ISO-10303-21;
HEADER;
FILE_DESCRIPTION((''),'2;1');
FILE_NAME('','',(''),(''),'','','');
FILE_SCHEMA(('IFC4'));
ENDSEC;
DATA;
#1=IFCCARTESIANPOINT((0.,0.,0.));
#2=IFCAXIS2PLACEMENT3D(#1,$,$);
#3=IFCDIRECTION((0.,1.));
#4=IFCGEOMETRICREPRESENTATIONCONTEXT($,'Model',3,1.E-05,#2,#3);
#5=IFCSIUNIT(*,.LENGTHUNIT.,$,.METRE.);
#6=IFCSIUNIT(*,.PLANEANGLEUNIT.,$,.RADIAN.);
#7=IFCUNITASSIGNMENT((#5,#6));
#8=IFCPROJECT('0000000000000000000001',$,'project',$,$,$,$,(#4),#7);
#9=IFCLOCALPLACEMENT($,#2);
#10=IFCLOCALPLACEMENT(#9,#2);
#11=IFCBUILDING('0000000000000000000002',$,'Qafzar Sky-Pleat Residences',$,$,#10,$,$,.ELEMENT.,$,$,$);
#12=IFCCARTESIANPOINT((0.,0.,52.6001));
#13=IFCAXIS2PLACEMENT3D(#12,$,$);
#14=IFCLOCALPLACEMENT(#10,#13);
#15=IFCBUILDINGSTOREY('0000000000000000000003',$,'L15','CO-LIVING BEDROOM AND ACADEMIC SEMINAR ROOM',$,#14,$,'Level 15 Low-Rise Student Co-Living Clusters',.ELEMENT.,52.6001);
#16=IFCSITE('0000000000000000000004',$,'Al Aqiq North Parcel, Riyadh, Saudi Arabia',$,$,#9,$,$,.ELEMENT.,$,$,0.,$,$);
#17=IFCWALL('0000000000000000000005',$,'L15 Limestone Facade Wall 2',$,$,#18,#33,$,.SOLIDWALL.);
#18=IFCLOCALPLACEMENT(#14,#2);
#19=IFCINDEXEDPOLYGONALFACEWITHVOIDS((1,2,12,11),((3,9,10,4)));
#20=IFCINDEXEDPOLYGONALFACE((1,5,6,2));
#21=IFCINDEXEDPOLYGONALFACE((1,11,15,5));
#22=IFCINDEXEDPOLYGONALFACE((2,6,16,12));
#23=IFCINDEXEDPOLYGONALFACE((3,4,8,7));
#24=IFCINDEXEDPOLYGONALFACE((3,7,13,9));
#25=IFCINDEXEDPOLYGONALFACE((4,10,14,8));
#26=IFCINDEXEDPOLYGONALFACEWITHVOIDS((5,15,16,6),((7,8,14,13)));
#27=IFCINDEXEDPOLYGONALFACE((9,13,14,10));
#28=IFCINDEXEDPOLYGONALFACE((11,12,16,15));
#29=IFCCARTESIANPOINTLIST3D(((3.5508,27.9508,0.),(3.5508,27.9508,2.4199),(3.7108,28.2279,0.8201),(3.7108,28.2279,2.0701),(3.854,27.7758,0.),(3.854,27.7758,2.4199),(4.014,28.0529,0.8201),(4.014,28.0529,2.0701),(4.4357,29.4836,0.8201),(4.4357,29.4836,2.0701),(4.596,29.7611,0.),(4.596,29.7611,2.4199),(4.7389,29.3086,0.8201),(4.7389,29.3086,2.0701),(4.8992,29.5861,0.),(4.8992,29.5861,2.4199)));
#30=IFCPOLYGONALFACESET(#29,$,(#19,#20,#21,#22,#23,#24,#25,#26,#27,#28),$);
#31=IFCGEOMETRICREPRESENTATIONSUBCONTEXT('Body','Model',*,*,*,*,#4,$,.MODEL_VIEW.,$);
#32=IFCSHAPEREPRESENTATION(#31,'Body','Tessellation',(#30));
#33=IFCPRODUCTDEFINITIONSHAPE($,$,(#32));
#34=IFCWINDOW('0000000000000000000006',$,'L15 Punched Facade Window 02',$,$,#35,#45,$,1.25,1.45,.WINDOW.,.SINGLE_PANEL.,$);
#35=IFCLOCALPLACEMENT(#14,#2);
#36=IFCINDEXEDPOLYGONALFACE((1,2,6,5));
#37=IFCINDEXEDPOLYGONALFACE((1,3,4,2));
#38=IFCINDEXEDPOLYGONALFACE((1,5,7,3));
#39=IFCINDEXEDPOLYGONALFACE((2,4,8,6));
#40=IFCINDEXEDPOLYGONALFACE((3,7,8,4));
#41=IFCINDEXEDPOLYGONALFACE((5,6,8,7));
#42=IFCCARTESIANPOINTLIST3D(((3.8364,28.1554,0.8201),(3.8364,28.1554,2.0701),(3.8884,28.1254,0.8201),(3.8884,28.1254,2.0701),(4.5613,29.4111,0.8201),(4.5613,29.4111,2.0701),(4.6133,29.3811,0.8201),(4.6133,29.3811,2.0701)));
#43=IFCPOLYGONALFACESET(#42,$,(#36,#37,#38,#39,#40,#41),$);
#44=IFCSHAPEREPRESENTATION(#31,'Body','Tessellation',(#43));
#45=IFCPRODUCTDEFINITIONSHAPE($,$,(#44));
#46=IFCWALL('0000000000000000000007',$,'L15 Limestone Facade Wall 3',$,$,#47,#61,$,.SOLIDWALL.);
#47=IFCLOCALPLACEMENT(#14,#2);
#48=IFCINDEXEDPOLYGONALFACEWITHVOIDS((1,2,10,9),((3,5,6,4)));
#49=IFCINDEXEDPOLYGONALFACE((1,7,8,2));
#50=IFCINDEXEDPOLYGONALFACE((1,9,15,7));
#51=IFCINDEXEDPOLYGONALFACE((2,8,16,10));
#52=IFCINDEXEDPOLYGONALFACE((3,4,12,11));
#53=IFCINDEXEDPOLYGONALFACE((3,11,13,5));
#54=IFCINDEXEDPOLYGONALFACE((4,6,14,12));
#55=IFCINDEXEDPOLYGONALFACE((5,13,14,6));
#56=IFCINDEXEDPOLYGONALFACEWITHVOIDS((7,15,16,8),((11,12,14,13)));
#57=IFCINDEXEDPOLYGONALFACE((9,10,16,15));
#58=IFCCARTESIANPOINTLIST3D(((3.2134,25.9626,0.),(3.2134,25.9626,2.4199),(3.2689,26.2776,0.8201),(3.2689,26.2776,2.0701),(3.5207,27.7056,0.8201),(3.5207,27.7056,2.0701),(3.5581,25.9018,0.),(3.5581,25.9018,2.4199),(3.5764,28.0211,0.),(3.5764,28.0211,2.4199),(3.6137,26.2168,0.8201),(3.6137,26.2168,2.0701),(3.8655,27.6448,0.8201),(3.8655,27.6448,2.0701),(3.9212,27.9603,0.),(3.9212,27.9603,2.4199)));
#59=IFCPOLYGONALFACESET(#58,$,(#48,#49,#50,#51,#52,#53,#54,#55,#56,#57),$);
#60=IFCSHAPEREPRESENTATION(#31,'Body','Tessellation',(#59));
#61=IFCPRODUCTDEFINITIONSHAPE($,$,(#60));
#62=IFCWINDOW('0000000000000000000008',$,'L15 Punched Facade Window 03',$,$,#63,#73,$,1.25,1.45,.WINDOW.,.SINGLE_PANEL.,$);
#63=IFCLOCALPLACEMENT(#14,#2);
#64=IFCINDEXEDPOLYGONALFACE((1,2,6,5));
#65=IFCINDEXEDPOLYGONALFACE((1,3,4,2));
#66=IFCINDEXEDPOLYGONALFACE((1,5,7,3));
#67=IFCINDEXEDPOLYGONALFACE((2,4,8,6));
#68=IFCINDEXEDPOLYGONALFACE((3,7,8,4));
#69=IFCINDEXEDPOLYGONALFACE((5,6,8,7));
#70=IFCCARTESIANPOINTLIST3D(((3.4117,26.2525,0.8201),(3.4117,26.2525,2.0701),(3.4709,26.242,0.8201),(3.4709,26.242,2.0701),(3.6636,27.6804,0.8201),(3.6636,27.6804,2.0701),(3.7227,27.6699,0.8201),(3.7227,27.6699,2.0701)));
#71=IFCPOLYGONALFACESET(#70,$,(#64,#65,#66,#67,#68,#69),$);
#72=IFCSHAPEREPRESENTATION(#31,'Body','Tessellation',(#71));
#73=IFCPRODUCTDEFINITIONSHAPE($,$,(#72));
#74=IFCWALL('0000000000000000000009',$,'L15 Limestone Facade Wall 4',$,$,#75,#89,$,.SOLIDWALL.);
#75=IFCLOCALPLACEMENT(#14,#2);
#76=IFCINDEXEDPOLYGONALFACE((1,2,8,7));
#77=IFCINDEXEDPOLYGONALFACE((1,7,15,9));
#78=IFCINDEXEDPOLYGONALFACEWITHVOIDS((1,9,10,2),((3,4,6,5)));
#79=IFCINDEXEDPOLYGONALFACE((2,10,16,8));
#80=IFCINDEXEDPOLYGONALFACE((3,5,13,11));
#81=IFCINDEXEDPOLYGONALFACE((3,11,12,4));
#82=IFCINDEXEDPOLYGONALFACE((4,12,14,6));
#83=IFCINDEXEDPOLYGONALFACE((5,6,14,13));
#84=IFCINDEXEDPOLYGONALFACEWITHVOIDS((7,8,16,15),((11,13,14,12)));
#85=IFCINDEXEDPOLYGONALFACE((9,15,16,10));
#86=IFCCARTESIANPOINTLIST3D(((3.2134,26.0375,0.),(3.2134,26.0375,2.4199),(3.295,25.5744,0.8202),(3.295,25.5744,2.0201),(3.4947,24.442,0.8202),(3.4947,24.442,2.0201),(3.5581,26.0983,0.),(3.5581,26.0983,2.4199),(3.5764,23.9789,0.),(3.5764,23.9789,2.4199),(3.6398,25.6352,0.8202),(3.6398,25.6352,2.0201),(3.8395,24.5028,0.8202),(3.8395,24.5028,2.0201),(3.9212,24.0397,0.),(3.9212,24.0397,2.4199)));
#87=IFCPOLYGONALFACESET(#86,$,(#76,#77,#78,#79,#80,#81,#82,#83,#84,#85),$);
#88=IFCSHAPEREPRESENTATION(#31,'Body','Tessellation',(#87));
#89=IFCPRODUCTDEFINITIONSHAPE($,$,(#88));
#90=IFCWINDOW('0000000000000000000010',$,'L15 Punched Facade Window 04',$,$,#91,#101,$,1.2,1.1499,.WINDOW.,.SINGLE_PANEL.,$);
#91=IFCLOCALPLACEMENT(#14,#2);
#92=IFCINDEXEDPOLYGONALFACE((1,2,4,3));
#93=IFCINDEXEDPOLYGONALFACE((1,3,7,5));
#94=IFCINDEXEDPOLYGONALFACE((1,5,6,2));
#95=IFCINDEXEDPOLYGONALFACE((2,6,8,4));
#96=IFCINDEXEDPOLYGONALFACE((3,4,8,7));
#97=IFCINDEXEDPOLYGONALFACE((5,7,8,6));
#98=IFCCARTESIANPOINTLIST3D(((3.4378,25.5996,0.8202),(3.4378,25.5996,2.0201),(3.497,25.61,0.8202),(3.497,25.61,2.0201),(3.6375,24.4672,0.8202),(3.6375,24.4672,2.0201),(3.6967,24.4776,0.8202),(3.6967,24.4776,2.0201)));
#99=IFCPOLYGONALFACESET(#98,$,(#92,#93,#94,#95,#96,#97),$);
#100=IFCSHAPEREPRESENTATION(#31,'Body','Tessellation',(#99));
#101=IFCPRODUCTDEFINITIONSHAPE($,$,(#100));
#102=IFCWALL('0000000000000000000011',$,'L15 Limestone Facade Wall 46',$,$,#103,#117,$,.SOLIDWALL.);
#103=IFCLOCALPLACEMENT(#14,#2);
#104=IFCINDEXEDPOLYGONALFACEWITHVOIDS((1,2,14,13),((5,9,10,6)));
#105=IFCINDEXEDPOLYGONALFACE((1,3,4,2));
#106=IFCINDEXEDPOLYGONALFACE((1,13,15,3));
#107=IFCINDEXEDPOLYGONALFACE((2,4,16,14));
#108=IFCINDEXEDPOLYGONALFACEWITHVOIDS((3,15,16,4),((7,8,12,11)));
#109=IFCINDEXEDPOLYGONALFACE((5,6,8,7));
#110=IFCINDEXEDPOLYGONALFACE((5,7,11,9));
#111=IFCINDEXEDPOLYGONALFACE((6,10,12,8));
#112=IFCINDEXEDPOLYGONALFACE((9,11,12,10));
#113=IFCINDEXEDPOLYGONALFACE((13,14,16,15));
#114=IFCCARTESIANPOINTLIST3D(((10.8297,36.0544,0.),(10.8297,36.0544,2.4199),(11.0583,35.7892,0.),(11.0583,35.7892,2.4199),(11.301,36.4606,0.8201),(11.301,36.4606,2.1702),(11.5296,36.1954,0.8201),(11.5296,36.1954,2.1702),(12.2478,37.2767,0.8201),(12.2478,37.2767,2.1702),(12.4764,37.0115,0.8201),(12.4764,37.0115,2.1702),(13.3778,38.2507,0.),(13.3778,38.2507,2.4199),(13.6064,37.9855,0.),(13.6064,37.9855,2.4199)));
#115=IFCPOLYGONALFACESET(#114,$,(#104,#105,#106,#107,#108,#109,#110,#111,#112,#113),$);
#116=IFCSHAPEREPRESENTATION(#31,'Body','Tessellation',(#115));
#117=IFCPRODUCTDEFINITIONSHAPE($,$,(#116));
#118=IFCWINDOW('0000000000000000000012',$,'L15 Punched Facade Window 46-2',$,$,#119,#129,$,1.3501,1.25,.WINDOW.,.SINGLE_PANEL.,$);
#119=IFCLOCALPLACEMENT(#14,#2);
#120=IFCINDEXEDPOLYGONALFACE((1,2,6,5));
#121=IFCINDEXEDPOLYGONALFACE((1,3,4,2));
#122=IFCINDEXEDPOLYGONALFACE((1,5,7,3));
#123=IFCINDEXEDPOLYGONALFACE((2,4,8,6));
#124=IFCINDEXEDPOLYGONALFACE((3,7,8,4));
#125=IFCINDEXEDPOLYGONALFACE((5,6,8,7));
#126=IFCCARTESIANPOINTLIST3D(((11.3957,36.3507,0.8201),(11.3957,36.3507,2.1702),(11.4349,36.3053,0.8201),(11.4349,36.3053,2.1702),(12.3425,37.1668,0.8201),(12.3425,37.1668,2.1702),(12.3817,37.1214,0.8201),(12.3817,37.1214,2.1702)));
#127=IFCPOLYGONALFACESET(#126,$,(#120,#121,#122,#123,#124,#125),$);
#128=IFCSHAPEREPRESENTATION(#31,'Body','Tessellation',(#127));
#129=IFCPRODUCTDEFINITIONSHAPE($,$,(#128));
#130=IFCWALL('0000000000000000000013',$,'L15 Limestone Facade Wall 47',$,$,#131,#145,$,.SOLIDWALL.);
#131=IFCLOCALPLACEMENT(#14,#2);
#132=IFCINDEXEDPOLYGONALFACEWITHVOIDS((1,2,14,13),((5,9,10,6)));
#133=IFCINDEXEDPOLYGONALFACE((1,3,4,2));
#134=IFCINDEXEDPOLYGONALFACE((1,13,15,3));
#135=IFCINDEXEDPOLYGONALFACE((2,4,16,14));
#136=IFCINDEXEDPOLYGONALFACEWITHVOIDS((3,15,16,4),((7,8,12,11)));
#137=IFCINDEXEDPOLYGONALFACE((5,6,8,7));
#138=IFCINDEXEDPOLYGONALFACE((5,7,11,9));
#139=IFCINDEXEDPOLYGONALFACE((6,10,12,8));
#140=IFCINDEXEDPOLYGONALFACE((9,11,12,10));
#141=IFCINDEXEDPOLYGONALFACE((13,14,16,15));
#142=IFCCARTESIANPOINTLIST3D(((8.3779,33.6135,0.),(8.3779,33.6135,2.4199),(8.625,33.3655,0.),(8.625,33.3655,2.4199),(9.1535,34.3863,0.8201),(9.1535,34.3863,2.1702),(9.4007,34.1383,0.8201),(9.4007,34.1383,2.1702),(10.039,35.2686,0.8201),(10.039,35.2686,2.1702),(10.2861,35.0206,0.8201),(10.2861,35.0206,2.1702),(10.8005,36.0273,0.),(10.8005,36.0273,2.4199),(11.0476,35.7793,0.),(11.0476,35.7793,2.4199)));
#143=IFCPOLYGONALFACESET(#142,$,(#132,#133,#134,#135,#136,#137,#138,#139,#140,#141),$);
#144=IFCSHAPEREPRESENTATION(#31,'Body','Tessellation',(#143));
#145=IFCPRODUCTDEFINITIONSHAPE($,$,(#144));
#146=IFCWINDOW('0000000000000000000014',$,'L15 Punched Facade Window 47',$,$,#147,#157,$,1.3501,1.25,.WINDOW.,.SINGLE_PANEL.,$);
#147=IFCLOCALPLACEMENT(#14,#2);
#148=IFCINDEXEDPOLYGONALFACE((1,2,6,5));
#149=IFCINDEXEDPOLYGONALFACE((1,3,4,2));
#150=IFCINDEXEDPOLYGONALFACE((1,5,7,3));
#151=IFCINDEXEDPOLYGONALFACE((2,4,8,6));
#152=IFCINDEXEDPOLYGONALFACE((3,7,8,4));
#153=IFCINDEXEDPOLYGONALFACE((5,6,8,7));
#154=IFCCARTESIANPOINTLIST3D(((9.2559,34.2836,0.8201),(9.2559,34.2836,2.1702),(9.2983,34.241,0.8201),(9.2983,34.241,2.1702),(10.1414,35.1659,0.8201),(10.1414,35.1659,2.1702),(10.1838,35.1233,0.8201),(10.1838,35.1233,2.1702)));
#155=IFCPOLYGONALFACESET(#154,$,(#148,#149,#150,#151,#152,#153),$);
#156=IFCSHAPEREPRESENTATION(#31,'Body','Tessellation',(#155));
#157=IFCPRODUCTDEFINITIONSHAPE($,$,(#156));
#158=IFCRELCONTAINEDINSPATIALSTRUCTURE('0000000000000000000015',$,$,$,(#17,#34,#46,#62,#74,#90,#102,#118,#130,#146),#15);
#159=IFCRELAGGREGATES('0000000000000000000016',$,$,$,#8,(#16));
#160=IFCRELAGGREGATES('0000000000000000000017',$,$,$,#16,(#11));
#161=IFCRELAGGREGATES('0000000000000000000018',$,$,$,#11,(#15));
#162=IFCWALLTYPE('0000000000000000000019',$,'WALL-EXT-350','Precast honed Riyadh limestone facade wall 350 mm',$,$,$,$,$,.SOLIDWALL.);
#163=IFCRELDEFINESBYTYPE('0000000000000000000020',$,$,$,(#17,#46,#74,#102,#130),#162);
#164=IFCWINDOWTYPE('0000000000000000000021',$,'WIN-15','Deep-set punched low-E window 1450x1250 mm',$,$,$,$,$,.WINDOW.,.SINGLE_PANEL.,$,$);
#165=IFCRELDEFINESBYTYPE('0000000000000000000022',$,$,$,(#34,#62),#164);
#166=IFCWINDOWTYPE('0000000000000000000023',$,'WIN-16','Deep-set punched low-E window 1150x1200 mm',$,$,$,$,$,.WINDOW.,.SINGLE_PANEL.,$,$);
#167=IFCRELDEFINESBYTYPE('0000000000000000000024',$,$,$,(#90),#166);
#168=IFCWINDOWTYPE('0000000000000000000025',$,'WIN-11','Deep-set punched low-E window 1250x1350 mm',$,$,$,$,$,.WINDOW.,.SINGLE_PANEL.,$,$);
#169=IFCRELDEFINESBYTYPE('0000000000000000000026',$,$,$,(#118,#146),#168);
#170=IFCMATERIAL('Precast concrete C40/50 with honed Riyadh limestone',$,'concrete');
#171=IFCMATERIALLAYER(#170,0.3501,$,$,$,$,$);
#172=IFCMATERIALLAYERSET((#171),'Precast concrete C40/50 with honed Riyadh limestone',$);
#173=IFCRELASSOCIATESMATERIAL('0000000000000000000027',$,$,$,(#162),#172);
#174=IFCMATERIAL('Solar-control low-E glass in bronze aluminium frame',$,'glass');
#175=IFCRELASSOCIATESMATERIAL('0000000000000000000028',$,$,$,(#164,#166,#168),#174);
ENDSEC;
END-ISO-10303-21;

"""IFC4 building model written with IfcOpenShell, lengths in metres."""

from ifc_helpers import new_model, si_unit, direction, frame, frame_2d, origin, place, context, subcontext, project, spatial, rectangle, extrude, source, transform, mapped, material, layer, layer_set, type_object, element, fill, save


model = new_model("IFC4")

# Units and contexts
model_context = context("Model", 3, precision=1e-05, world=origin(), true_north=direction((0.0, 1.0)))
body_context = subcontext(model_context, "Body", "Model", "MODEL_VIEW")
ifc_project = project(units=[si_unit("LENGTHUNIT", "METRE"), si_unit("PLANEANGLEUNIT", "RADIAN")], contexts=[model_context])

# Site, building, storey
site_placement = place(None, origin())
site = spatial("IfcSite", under=ifc_project, at=site_placement, Name="Al Aqiq North Parcel, Riyadh, Saudi Arabia", CompositionType="ELEMENT", RefElevation=0.0)
building_placement = place(site_placement, origin())
building = spatial("IfcBuilding", under=site, at=building_placement, Name="Qafzar Sky-Pleat Residences", CompositionType="ELEMENT")
storey_placement = place(building_placement, frame((0.0, 0.0, 52.6001)))
storey = spatial("IfcBuildingStorey", under=building, at=storey_placement, Name="L15", Description="CO-LIVING BEDROOM AND ACADEMIC SEMINAR ROOM", LongName="Level 15 Low-Rise Student Co-Living Clusters", CompositionType="ELEMENT", Elevation=52.6001)

# Walls, openings, windows
ifc_material_1 = material(Name="Precast concrete C40/50 with honed Riyadh limestone", Category="concrete")
ifc_layer_1 = layer(ifc_material_1, 0.3501)
ifc_layer_set_1 = layer_set([ifc_layer_1], Name="Precast concrete C40/50 with honed Riyadh limestone")
wall_type_1 = type_object("IfcWallType", Name="WALL-EXT-350", Description="Precast honed Riyadh limestone facade wall 350 mm", PredefinedType="SOLIDWALL", material=ifc_layer_set_1)
ifc_material_2 = material(Name="Solar-control low-E glass in bronze aluminium frame", Category="glass")
wall_1_placement = place(storey_placement, frame((4.7476, 29.6736, 0.0), z_axis=(0.0, 0.0, 1.0), x_axis=(-0.499995, -0.866028, 0.0)))
wall_1 = element("IfcWall", 1, at=wall_1_placement, inside=storey, type_object=wall_type_1, Name="L15 Limestone Facade Wall 2", PredefinedType="SOLIDWALL", context=body_context, shape_type="SweptSolid", body=[
    extrude(rectangle(XDim=2.0903, YDim=0.3501, at=frame_2d((1.0452, 0.0))), origin(), (0.0, 0.0, 1.0), 2.4199),
])
opening_1_placement = place(wall_1_placement, frame((0.3203, 0.0, 0.8201)))
opening_1 = element("IfcOpeningElement", 2, at=opening_1_placement, cuts=wall_1, PredefinedType="OPENING", context=body_context, shape_type="SweptSolid", body=[
    extrude(rectangle(XDim=1.45, YDim=1.25, at=frame_2d((0.7251, 0.625))), frame((0.0, 0.1851, 0.0), z_axis=(0.0, -1.0, 0.0), x_axis=(1.0, 0.0, 0.0)), (0.0, 0.0, 1.0), 0.3701),
])
window_type_1 = type_object("IfcWindowType", Name="WIN-15", Description="Deep-set punched low-E window 1450x1250 mm", PartitioningType="SINGLE_PANEL", PredefinedType="WINDOW", material=ifc_material_2)
shared_shape_1 = source(origin(), body_context, "Body", "SweptSolid", [
    extrude(rectangle(XDim=1.45, YDim=1.25, at=frame_2d((0.7251, 0.625))), frame((0.0, 0.03, 0.0), z_axis=(0.0, -1.0, 0.0), x_axis=(1.0, 0.0, 0.0)), (0.0, 0.0, 1.0), 0.0601),
])
window_1_placement = place(opening_1_placement, origin())
window_1 = element("IfcWindow", 3, at=window_1_placement, inside=storey, type_object=window_type_1, Name="L15 Punched Facade Window 02", OverallHeight=1.25, OverallWidth=1.45, PartitioningType="SINGLE_PANEL", PredefinedType="WINDOW", context=body_context, shape_type="MappedRepresentation", body=[
    mapped(shared_shape_1, transform((0.0, 0.0, 0.0), x_axis=(1.0, 0.0, 0.0), y_axis=(0.0, 1.0, 0.0), z_axis=(0.0, 0.0, 1.0), scale=1.0)),
])
fill(opening_1, window_1)
wall_2_placement = place(storey_placement, frame((3.7488, 27.9907, 0.0), z_axis=(0.0, 0.0, 1.0), x_axis=(-0.173672, -0.984804, 0.0)))
wall_2 = element("IfcWall", 4, at=wall_2_placement, inside=storey, type_object=wall_type_1, Name="L15 Limestone Facade Wall 3", PredefinedType="SOLIDWALL", context=body_context, shape_type="SweptSolid", body=[
    extrude(rectangle(XDim=2.0903, YDim=0.3501, at=frame_2d((1.0452, 0.0))), origin(), (0.0, 0.0, 1.0), 2.4199),
])
opening_2_placement = place(wall_2_placement, frame((0.3203, 0.0, 0.8201)))
opening_2 = element("IfcOpeningElement", 5, at=opening_2_placement, cuts=wall_2, PredefinedType="OPENING", context=body_context, shape_type="SweptSolid", body=[
    extrude(rectangle(XDim=1.45, YDim=1.25, at=frame_2d((0.7251, 0.625))), frame((0.0, 0.1851, 0.0), z_axis=(0.0, -1.0, 0.0), x_axis=(1.0, 0.0, 0.0)), (0.0, 0.0, 1.0), 0.3701),
])
window_2_placement = place(opening_2_placement, origin())
window_2 = element("IfcWindow", 6, at=window_2_placement, inside=storey, type_object=window_type_1, Name="L15 Punched Facade Window 03", OverallHeight=1.25, OverallWidth=1.45, PartitioningType="SINGLE_PANEL", PredefinedType="WINDOW", context=body_context, shape_type="MappedRepresentation", body=[
    mapped(shared_shape_1, transform((0.0, 0.0, 0.0), x_axis=(1.0, 0.0, 0.0), y_axis=(0.0, 1.0, 0.0), z_axis=(0.0, 0.0, 1.0), scale=1.0)),
])
fill(opening_2, window_2)
wall_3_placement = place(storey_placement, frame((3.3857, 26.0679, 0.0), z_axis=(0.0, 0.0, 1.0), x_axis=(0.173672, -0.984804, 0.0)))
wall_3 = element("IfcWall", 7, at=wall_3_placement, inside=storey, type_object=wall_type_1, Name="L15 Limestone Facade Wall 4", PredefinedType="SOLIDWALL", context=body_context, shape_type="SweptSolid", body=[
    extrude(rectangle(XDim=2.0903, YDim=0.3501, at=frame_2d((1.0452, 0.0))), origin(), (0.0, 0.0, 1.0), 2.4199),
])
opening_3_placement = place(wall_3_placement, frame((0.4702, 0.0, 0.8201)))
opening_3 = element("IfcOpeningElement", 8, at=opening_3_placement, cuts=wall_3, PredefinedType="OPENING", context=body_context, shape_type="SweptSolid", body=[
    extrude(rectangle(XDim=1.1499, YDim=1.2, at=frame_2d((0.575, 0.6001))), frame((0.0, 0.1851, 0.0), z_axis=(0.0, -1.0, 0.0), x_axis=(1.0, 0.0, 0.0)), (0.0, 0.0, 1.0), 0.3701),
])
window_type_2 = type_object("IfcWindowType", Name="WIN-16", Description="Deep-set punched low-E window 1150x1200 mm", PartitioningType="SINGLE_PANEL", PredefinedType="WINDOW", material=ifc_material_2)
shared_shape_2 = source(origin(), body_context, "Body", "SweptSolid", [
    extrude(rectangle(XDim=1.1499, YDim=1.2, at=frame_2d((0.575, 0.6001))), frame((0.0, 0.03, 0.0), z_axis=(0.0, -1.0, 0.0), x_axis=(1.0, 0.0, 0.0)), (0.0, 0.0, 1.0), 0.0601),
])
window_3_placement = place(opening_3_placement, origin())
window_3 = element("IfcWindow", 9, at=window_3_placement, inside=storey, type_object=window_type_2, Name="L15 Punched Facade Window 04", OverallHeight=1.2, OverallWidth=1.1499, PartitioningType="SINGLE_PANEL", PredefinedType="WINDOW", context=body_context, shape_type="MappedRepresentation", body=[
    mapped(shared_shape_2, transform((0.0, 0.0, 0.0), x_axis=(1.0, 0.0, 0.0), y_axis=(0.0, 1.0, 0.0), z_axis=(0.0, 0.0, 1.0), scale=1.0)),
])
fill(opening_3, window_3)
wall_4_placement = place(storey_placement, frame((13.4922, 38.1182, 0.0), z_axis=(0.0, 0.0, 1.0), x_axis=(-0.757461, -0.652881, 0.0)))
wall_4 = element("IfcWall", 10, at=wall_4_placement, inside=storey, type_object=wall_type_1, Name="L15 Limestone Facade Wall 46", PredefinedType="SOLIDWALL", context=body_context, shape_type="SweptSolid", body=[
    extrude(rectangle(XDim=3.364, YDim=0.3501, at=frame_2d((1.6821, 0.0))), origin(), (0.0, 0.0, 1.0), 2.4199),
])
opening_4_placement = place(wall_4_placement, frame((1.4919, 0.0, 0.8201)))
opening_4 = element("IfcOpeningElement", 11, at=opening_4_placement, cuts=wall_4, PredefinedType="OPENING", context=body_context, shape_type="SweptSolid", body=[
    extrude(rectangle(XDim=1.25, YDim=1.3501, at=frame_2d((0.625, 0.675))), frame((0.0, 0.1851, 0.0), z_axis=(0.0, -1.0, 0.0), x_axis=(1.0, 0.0, 0.0)), (0.0, 0.0, 1.0), 0.3701),
])
window_type_3 = type_object("IfcWindowType", Name="WIN-11", Description="Deep-set punched low-E window 1250x1350 mm", PartitioningType="SINGLE_PANEL", PredefinedType="WINDOW", material=ifc_material_2)
shared_shape_3 = source(origin(), body_context, "Body", "SweptSolid", [
    extrude(rectangle(XDim=1.25, YDim=1.3501, at=frame_2d((0.625, 0.675))), frame((0.0, 0.03, 0.0), z_axis=(0.0, -1.0, 0.0), x_axis=(1.0, 0.0, 0.0)), (0.0, 0.0, 1.0), 0.0601),
])
window_4_placement = place(opening_4_placement, origin())
window_4 = element("IfcWindow", 12, at=window_4_placement, inside=storey, type_object=window_type_3, Name="L15 Punched Facade Window 46-2", OverallHeight=1.3501, OverallWidth=1.25, PartitioningType="SINGLE_PANEL", PredefinedType="WINDOW", context=body_context, shape_type="MappedRepresentation", body=[
    mapped(shared_shape_3, transform((0.0, 0.0, 0.0), x_axis=(1.0, 0.0, 0.0), y_axis=(0.0, 1.0, 0.0), z_axis=(0.0, 0.0, 1.0), scale=1.0)),
])
fill(opening_4, window_4)
wall_5_placement = place(storey_placement, frame((10.9241, 35.9033, 0.0), z_axis=(0.0, 0.0, 1.0), x_axis=(-0.708391, -0.705821, 0.0)))
wall_5 = element("IfcWall", 13, at=wall_5_placement, inside=storey, type_object=wall_type_1, Name="L15 Limestone Facade Wall 47", PredefinedType="SOLIDWALL", context=body_context, shape_type="SweptSolid", body=[
    extrude(rectangle(XDim=3.4199, YDim=0.3501, at=frame_2d((1.71, 0.0))), origin(), (0.0, 0.0, 1.0), 2.4199),
])
opening_5_placement = place(wall_5_placement, frame((1.075, 0.0, 0.8201)))
opening_5 = element("IfcOpeningElement", 14, at=opening_5_placement, cuts=wall_5, PredefinedType="OPENING", context=body_context, shape_type="SweptSolid", body=[
    extrude(rectangle(XDim=1.25, YDim=1.3501, at=frame_2d((0.625, 0.675))), frame((0.0, 0.1851, 0.0), z_axis=(0.0, -1.0, 0.0), x_axis=(1.0, 0.0, 0.0)), (0.0, 0.0, 1.0), 0.3701),
])
window_5_placement = place(opening_5_placement, origin())
window_5 = element("IfcWindow", 15, at=window_5_placement, inside=storey, type_object=window_type_3, Name="L15 Punched Facade Window 47", OverallHeight=1.3501, OverallWidth=1.25, PartitioningType="SINGLE_PANEL", PredefinedType="WINDOW", context=body_context, shape_type="MappedRepresentation", body=[
    mapped(shared_shape_3, transform((0.0, 0.0, 0.0), x_axis=(1.0, 0.0, 0.0), y_axis=(0.0, 1.0, 0.0), z_axis=(0.0, 0.0, 1.0), scale=1.0)),
])
fill(opening_5, window_5)

save(model, "model.ifc")
